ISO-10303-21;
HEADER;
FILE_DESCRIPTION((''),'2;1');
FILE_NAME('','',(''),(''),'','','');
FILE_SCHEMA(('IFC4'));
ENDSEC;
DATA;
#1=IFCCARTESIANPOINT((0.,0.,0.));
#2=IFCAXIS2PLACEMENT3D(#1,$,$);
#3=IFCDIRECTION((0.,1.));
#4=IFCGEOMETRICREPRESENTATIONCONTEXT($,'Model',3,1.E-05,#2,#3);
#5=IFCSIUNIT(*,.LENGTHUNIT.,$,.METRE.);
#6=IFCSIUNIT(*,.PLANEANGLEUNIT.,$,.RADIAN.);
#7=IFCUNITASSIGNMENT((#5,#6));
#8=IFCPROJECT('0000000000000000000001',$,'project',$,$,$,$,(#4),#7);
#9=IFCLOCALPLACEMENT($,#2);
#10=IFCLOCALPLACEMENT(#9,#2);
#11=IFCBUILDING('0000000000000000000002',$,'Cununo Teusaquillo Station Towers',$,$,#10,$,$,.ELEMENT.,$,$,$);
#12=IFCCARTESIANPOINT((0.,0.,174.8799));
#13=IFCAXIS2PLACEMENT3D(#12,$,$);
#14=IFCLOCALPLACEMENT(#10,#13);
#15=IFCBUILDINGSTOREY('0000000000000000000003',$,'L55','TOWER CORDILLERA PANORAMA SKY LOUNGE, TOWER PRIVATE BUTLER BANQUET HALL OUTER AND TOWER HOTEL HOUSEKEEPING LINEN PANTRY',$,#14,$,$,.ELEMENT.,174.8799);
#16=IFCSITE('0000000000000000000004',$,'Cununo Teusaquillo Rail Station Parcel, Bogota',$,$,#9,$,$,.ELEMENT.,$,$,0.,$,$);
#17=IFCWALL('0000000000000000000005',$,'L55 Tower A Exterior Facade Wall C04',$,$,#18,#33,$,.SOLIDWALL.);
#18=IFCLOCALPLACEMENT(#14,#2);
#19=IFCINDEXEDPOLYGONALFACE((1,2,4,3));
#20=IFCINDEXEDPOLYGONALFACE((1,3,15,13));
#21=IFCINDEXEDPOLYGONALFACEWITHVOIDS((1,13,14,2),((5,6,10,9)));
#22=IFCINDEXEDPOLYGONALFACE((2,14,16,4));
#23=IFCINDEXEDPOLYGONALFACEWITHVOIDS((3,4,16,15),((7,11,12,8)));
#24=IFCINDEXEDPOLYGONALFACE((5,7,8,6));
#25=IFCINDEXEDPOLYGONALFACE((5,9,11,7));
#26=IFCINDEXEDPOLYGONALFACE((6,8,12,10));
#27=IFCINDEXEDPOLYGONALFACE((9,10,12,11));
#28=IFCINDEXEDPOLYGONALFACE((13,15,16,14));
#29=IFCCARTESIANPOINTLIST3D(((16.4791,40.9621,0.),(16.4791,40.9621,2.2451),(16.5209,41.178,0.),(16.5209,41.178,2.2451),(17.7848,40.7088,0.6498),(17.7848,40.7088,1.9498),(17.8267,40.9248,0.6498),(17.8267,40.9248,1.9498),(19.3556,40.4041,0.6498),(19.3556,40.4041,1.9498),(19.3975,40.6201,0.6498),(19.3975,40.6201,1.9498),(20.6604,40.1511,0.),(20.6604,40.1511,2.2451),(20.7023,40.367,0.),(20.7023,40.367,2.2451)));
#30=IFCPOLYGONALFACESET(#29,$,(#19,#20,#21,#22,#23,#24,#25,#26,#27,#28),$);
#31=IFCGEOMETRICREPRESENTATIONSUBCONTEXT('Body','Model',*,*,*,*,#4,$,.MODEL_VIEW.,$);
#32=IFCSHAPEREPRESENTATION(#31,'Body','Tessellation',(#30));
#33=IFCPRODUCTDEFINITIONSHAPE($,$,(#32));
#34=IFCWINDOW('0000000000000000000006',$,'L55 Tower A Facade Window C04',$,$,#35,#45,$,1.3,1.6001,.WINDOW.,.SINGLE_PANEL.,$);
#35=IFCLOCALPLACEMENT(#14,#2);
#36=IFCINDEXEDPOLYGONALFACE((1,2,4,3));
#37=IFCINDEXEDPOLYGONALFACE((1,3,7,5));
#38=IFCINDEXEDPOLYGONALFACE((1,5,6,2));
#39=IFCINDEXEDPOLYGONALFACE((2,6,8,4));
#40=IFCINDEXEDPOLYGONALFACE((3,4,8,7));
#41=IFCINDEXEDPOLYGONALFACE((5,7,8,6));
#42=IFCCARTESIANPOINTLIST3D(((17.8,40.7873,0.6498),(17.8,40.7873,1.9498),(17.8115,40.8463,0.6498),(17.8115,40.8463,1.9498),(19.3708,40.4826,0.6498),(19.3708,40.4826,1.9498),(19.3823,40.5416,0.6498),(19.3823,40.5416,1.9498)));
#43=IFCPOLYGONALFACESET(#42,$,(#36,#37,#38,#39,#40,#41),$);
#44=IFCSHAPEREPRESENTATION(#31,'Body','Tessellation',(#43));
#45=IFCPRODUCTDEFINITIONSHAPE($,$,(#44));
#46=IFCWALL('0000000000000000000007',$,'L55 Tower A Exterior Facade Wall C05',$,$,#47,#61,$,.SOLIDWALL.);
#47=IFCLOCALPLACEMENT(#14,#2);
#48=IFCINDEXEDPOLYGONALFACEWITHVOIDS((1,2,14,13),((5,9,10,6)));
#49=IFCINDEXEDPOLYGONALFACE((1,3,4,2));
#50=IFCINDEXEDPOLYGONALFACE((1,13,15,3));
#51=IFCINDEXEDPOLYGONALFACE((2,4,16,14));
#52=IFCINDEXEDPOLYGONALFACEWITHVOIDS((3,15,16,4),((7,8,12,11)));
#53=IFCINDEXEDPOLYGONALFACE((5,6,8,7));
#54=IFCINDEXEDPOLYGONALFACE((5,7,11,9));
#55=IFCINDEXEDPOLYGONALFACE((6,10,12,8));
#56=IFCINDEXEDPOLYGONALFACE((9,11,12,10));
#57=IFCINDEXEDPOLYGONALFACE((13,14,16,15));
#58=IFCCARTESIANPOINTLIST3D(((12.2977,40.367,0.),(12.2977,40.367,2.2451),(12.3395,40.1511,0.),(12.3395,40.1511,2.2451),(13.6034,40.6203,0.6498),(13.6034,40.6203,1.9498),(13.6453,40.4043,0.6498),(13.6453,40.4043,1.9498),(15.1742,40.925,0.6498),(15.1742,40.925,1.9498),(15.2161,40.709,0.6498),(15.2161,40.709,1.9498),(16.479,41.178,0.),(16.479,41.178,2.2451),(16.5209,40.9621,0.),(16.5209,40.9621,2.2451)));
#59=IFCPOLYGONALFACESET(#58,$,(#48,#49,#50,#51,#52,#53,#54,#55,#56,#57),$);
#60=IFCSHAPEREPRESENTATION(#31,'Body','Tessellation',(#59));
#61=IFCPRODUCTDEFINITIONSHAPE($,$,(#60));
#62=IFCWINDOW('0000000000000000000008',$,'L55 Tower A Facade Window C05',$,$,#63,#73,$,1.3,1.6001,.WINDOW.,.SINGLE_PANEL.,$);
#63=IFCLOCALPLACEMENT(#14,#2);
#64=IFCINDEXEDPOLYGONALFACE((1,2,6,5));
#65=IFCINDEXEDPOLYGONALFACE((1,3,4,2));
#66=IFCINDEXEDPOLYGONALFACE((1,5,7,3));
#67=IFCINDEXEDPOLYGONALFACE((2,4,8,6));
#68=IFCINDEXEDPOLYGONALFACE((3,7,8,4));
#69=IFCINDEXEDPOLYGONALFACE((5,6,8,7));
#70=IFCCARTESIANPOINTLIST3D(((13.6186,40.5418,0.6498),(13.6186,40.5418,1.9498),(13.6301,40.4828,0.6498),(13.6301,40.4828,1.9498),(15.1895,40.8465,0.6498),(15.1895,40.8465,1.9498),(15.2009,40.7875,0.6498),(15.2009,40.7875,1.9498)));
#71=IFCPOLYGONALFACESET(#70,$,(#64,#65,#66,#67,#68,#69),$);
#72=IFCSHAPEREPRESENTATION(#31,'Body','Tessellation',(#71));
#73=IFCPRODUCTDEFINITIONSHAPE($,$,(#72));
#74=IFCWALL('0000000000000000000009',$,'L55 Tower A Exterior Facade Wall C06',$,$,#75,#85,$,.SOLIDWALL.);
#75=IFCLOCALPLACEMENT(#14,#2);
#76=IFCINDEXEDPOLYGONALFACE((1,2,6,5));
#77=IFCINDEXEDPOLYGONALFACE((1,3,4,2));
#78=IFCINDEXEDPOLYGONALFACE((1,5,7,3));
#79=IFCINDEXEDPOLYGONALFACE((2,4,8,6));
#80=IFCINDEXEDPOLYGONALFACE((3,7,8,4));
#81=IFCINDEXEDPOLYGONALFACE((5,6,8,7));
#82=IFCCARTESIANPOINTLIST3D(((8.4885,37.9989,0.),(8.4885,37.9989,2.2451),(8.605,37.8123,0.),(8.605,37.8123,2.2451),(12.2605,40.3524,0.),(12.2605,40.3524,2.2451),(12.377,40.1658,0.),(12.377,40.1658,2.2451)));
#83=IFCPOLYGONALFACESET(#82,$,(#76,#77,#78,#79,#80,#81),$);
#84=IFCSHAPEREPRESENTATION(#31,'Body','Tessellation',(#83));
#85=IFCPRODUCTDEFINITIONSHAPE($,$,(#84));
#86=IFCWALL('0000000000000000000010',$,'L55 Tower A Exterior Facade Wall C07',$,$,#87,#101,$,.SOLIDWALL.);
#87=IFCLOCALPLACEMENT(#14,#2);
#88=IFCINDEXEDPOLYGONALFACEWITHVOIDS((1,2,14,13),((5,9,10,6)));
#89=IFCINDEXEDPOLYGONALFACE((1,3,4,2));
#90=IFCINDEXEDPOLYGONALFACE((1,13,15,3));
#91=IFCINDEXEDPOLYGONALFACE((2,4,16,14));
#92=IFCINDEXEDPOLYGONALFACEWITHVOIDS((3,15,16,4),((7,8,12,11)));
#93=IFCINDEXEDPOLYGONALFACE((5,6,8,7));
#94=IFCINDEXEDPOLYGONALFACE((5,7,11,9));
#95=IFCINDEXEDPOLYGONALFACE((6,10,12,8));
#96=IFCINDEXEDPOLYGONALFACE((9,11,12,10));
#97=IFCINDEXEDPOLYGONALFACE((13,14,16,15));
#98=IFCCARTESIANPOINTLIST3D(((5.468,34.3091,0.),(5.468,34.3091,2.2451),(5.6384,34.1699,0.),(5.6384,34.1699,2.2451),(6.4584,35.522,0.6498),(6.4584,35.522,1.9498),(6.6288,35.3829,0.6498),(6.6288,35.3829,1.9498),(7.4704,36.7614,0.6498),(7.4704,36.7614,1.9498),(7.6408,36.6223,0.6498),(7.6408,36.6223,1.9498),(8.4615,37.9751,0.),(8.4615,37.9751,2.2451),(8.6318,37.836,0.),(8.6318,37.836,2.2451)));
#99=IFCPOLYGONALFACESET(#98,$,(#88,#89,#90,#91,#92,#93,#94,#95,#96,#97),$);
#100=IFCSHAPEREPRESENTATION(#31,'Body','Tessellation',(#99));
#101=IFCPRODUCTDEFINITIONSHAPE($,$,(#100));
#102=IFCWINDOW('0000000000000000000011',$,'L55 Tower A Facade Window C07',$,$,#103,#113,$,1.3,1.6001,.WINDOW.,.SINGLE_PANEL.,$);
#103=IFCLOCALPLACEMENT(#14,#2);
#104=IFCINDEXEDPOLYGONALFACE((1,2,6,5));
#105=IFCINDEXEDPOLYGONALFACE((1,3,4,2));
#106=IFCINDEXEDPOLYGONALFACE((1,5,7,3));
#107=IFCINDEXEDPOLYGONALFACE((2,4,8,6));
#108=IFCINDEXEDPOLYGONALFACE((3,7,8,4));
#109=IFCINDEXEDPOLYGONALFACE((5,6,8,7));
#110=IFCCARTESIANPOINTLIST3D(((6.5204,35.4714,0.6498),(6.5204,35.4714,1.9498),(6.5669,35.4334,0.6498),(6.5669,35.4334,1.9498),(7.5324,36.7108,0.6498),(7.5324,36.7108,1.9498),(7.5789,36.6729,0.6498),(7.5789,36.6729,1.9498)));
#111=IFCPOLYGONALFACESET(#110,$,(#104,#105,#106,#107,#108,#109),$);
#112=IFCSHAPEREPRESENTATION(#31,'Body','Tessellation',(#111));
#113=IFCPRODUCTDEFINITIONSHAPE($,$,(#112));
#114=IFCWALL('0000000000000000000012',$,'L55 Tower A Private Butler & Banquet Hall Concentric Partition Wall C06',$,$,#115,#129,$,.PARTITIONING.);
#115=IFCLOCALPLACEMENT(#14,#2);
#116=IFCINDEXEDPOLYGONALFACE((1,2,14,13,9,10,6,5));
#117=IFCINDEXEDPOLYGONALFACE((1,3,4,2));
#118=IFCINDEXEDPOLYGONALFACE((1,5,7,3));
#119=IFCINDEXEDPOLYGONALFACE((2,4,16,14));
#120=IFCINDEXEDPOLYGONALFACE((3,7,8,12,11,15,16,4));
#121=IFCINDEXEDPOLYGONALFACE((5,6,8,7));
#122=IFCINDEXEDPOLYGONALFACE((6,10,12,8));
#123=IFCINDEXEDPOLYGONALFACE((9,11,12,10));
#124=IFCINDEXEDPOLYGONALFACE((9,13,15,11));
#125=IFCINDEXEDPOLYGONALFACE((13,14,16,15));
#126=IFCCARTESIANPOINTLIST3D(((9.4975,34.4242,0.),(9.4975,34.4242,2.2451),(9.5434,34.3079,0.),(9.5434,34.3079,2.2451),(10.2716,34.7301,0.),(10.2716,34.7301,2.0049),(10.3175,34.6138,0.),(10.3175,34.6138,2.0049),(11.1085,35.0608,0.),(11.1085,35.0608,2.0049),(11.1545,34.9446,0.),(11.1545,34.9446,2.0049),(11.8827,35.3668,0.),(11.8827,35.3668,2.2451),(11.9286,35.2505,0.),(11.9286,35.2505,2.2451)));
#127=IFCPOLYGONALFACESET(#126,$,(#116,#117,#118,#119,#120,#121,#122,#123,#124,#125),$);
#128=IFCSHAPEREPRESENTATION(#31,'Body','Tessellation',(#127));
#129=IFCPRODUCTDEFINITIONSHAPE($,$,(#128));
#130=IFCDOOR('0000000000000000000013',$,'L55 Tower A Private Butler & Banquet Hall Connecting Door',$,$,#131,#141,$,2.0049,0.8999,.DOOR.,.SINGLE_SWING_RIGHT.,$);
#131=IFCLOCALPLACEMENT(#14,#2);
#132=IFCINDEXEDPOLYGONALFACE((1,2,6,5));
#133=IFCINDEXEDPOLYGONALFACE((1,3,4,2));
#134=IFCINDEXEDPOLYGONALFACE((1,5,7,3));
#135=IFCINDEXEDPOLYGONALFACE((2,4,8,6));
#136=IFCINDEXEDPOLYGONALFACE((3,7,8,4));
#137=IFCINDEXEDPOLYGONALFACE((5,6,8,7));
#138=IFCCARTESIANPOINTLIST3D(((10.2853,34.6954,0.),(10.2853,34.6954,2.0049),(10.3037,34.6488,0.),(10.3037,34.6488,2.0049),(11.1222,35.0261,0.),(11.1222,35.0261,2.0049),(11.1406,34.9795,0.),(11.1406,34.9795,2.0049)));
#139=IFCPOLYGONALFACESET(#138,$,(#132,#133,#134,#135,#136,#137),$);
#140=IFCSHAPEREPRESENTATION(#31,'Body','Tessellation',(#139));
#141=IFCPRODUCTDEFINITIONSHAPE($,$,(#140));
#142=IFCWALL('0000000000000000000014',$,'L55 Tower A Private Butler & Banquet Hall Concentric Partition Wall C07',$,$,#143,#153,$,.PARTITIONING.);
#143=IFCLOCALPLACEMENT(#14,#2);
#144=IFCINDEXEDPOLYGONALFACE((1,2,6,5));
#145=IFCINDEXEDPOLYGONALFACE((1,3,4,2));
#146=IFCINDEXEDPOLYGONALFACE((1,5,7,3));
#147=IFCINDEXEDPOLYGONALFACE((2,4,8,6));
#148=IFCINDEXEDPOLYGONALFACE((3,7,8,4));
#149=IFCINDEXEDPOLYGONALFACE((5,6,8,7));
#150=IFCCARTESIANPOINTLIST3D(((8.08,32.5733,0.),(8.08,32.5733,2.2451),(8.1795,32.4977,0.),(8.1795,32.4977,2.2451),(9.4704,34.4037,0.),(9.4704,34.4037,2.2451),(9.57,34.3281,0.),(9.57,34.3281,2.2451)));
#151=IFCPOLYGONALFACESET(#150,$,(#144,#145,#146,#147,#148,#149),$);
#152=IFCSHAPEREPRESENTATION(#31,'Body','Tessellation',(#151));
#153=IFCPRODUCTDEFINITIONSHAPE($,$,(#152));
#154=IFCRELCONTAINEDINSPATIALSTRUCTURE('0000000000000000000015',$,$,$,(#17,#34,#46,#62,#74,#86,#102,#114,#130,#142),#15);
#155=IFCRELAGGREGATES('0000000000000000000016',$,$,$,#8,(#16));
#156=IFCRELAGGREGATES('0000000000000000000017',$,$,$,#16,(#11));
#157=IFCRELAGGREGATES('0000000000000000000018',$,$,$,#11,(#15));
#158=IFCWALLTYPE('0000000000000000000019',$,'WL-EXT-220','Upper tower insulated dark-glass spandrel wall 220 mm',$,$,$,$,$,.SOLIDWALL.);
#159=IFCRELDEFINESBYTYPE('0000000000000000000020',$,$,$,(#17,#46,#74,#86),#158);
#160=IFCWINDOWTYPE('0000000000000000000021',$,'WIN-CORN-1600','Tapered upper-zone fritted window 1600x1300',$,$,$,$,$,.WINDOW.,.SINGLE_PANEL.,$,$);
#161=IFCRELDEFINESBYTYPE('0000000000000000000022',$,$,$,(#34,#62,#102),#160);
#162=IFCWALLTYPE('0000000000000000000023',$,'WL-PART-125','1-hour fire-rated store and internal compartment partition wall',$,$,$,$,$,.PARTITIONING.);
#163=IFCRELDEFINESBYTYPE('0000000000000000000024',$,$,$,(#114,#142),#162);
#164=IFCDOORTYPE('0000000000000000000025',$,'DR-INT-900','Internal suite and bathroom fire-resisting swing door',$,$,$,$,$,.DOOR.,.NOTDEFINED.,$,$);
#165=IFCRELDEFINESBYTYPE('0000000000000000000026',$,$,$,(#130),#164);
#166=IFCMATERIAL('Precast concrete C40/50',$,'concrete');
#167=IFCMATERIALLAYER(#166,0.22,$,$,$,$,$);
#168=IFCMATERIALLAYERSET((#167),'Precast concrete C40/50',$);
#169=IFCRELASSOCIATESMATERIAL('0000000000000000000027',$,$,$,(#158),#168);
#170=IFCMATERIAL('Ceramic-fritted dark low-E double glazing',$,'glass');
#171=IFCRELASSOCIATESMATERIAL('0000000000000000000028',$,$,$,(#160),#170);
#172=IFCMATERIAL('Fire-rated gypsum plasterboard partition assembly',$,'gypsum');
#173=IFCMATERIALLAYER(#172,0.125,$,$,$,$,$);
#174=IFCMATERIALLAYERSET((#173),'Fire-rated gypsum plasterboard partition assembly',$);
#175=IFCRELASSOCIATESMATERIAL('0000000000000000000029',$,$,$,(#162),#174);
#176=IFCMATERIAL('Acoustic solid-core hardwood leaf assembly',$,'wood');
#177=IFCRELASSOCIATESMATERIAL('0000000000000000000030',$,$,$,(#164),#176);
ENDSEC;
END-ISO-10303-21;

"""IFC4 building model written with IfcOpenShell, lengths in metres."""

from ifc_helpers import new_model, si_unit, direction, frame, frame_2d, origin, place, context, subcontext, project, spatial, rectangle, extrude, source, transform, mapped, material, layer, layer_set, type_object, element, fill, save


model = new_model("IFC4")

# Units and contexts
model_context = context("Model", 3, precision=1e-05, world=origin(), true_north=direction((0.0, 1.0)))
body_context = subcontext(model_context, "Body", "Model", "MODEL_VIEW")
ifc_project = project(units=[si_unit("LENGTHUNIT", "METRE"), si_unit("PLANEANGLEUNIT", "RADIAN")], contexts=[model_context])

# Site, building, storey
site_placement = place(None, origin())
site = spatial("IfcSite", under=ifc_project, at=site_placement, Name="Cununo Teusaquillo Rail Station Parcel, Bogota", CompositionType="ELEMENT", RefElevation=0.0)
building_placement = place(site_placement, origin())
building = spatial("IfcBuilding", under=site, at=building_placement, Name="Cununo Teusaquillo Station Towers", CompositionType="ELEMENT")
storey_placement = place(building_placement, frame((0.0, 0.0, 174.8799)))
storey = spatial("IfcBuildingStorey", under=building, at=storey_placement, Name="L55", Description="TOWER CORDILLERA PANORAMA SKY LOUNGE, TOWER PRIVATE BUTLER BANQUET HALL OUTER AND TOWER HOTEL HOUSEKEEPING LINEN PANTRY", CompositionType="ELEMENT", Elevation=174.8799)

# Walls, openings, windows
ifc_material_1 = material(Name="Precast concrete C40/50", Category="concrete")
ifc_layer_1 = layer(ifc_material_1, 0.22)
ifc_layer_set_1 = layer_set([ifc_layer_1], Name="Precast concrete C40/50")
wall_type_1 = type_object("IfcWallType", Name="WL-EXT-220", Description="Upper tower insulated dark-glass spandrel wall 220 mm", PredefinedType="SOLIDWALL", material=ifc_layer_set_1)
wall_1_placement = place(storey_placement, frame((16.5, 41.0701, 0.0), z_axis=(0.0, 0.0, 1.0), x_axis=(0.981704, -0.190414, 0.0)))
wall_1 = element("IfcWall", 1, at=wall_1_placement, inside=storey, type_object=wall_type_1, Name="L55 Tower A Exterior Facade Wall C04", PredefinedType="SOLIDWALL", context=body_context, shape_type="SweptSolid", body=[
    extrude(rectangle(XDim=4.2593, YDim=0.22, at=frame_2d((2.1296, 0.0))), origin(), (0.0, 0.0, 1.0), 2.2451),
])
shared_shape_1 = source(origin(), body_context, "Body", "SweptSolid", [
    extrude(rectangle(XDim=1.6001, YDim=1.3, at=frame_2d((0.8, 0.6499))), frame((0.0, 0.1199, 0.0), z_axis=(0.0, -1.0, 0.0), x_axis=(1.0, 0.0, 0.0)), (0.0, 0.0, 1.0), 0.24),
])
opening_1_placement = place(wall_1_placement, frame((1.3301, 0.0, 0.6499)))
opening_1 = element("IfcOpeningElement", 2, at=opening_1_placement, cuts=wall_1, PredefinedType="OPENING", context=body_context, shape_type="MappedRepresentation", body=[
    mapped(shared_shape_1, transform((0.0, 0.0, 0.0), x_axis=(1.0, 0.0, 0.0), y_axis=(0.0, 1.0, 0.0), z_axis=(0.0, 0.0, 1.0), scale=1.0)),
])
ifc_material_2 = material(Name="Ceramic-fritted dark low-E double glazing", Category="glass")
window_type = type_object("IfcWindowType", Name="WIN-CORN-1600", Description="Tapered upper-zone fritted window 1600x1300", PartitioningType="SINGLE_PANEL", PredefinedType="WINDOW", material=ifc_material_2)
shared_shape_2 = source(origin(), body_context, "Body", "SweptSolid", [
    extrude(rectangle(XDim=1.6001, YDim=1.3, at=frame_2d((0.8, 0.6499))), frame((0.0, 0.03, 0.0), z_axis=(0.0, -1.0, 0.0), x_axis=(1.0, 0.0, 0.0)), (0.0, 0.0, 1.0), 0.0601),
])
window_1_placement = place(opening_1_placement, origin())
window_1 = element("IfcWindow", 3, at=window_1_placement, inside=storey, type_object=window_type, Name="L55 Tower A Facade Window C04", OverallHeight=1.3, OverallWidth=1.6001, PartitioningType="SINGLE_PANEL", PredefinedType="WINDOW", context=body_context, shape_type="MappedRepresentation", body=[
    mapped(shared_shape_2, transform((0.0, 0.0, 0.0), x_axis=(1.0, 0.0, 0.0), y_axis=(0.0, 1.0, 0.0), z_axis=(0.0, 0.0, 1.0), scale=1.0)),
])
fill(opening_1, window_1)
wall_2_placement = place(storey_placement, frame((12.3186, 40.259, 0.0), z_axis=(0.0, 0.0, 1.0), x_axis=(0.981704, 0.190414, 0.0)))
wall_2 = element("IfcWall", 4, at=wall_2_placement, inside=storey, type_object=wall_type_1, Name="L55 Tower A Exterior Facade Wall C05", PredefinedType="SOLIDWALL", context=body_context, shape_type="SweptSolid", body=[
    extrude(rectangle(XDim=4.2593, YDim=0.22, at=frame_2d((2.1296, 0.0))), origin(), (0.0, 0.0, 1.0), 2.2451),
])
opening_2_placement = place(wall_2_placement, frame((1.3301, 0.0, 0.6499)))
opening_2 = element("IfcOpeningElement", 5, at=opening_2_placement, cuts=wall_2, PredefinedType="OPENING", context=body_context, shape_type="MappedRepresentation", body=[
    mapped(shared_shape_1, transform((0.0, 0.0, 0.0), x_axis=(1.0, 0.0, 0.0), y_axis=(0.0, 1.0, 0.0), z_axis=(0.0, 0.0, 1.0), scale=1.0)),
])
window_2_placement = place(opening_2_placement, origin())
window_2 = element("IfcWindow", 6, at=window_2_placement, inside=storey, type_object=window_type, Name="L55 Tower A Facade Window C05", OverallHeight=1.3, OverallWidth=1.6001, PartitioningType="SINGLE_PANEL", PredefinedType="WINDOW", context=body_context, shape_type="MappedRepresentation", body=[
    mapped(shared_shape_2, transform((0.0, 0.0, 0.0), x_axis=(1.0, 0.0, 0.0), y_axis=(0.0, 1.0, 0.0), z_axis=(0.0, 0.0, 1.0), scale=1.0)),
])
fill(opening_2, window_2)

# Wall
wall_3_placement = place(storey_placement, frame((8.5466, 37.9055, 0.0), z_axis=(0.0, 0.0, 1.0), x_axis=(0.848399, 0.529357, 0.0)))
element("IfcWall", 7, at=wall_3_placement, inside=storey, type_object=wall_type_1, Name="L55 Tower A Exterior Facade Wall C06", PredefinedType="SOLIDWALL", context=body_context, shape_type="SweptSolid", body=[
    extrude(rectangle(XDim=4.446, YDim=0.22, at=frame_2d((2.2231, 0.0))), origin(), (0.0, 0.0, 1.0), 2.2451),
])

# Wall, opening, window
wall_4_placement = place(storey_placement, frame((5.5532, 34.2395, 0.0), z_axis=(0.0, 0.0, 1.0), x_axis=(0.632471, 0.774584, 0.0)))
wall_4 = element("IfcWall", 8, at=wall_4_placement, inside=storey, type_object=wall_type_1, Name="L55 Tower A Exterior Facade Wall C07", PredefinedType="SOLIDWALL", context=body_context, shape_type="SweptSolid", body=[
    extrude(rectangle(XDim=4.7329, YDim=0.22, at=frame_2d((2.3665, 0.0))), origin(), (0.0, 0.0, 1.0), 2.2451),
])
opening_3_placement = place(wall_4_placement, frame((1.5659, 0.0, 0.6499)))
opening_3 = element("IfcOpeningElement", 9, at=opening_3_placement, cuts=wall_4, PredefinedType="OPENING", context=body_context, shape_type="MappedRepresentation", body=[
    mapped(shared_shape_1, transform((0.0, 0.0, 0.0), x_axis=(1.0, 0.0, 0.0), y_axis=(0.0, 1.0, 0.0), z_axis=(0.0, 0.0, 1.0), scale=1.0)),
])
window_3_placement = place(opening_3_placement, origin())
window_3 = element("IfcWindow", 10, at=window_3_placement, inside=storey, type_object=window_type, Name="L55 Tower A Facade Window C07", OverallHeight=1.3, OverallWidth=1.6001, PartitioningType="SINGLE_PANEL", PredefinedType="WINDOW", context=body_context, shape_type="MappedRepresentation", body=[
    mapped(shared_shape_2, transform((0.0, 0.0, 0.0), x_axis=(1.0, 0.0, 0.0), y_axis=(0.0, 1.0, 0.0), z_axis=(0.0, 0.0, 1.0), scale=1.0)),
])
fill(opening_3, window_3)

# Wall, opening, door
ifc_material_3 = material(Name="Fire-rated gypsum plasterboard partition assembly", Category="gypsum")
ifc_layer_2 = layer(ifc_material_3, 0.125)
ifc_layer_set_2 = layer_set([ifc_layer_2], Name="Fire-rated gypsum plasterboard partition assembly")
wall_type_2 = type_object("IfcWallType", Name="WL-PART-125", Description="1-hour fire-rated store and internal compartment partition wall", PredefinedType="PARTITIONING", material=ifc_layer_set_2)
wall_5_placement = place(storey_placement, frame((11.9055, 35.3086, 0.0), z_axis=(0.0, 0.0, 1.0), x_axis=(-0.930011, -0.367531, 0.0)))
wall_5 = element("IfcWall", 11, at=wall_5_placement, inside=storey, type_object=wall_type_2, Name="L55 Tower A Private Butler & Banquet Hall Concentric Partition Wall C06", PredefinedType="PARTITIONING", context=body_context, shape_type="SweptSolid", body=[
    extrude(rectangle(XDim=2.5647, YDim=0.125, at=frame_2d((1.2822, 0.0))), origin(), (0.0, 0.0, 1.0), 2.2451),
])
shared_shape_3 = source(origin(), body_context, "Body", "SweptSolid", [
    extrude(rectangle(XDim=0.8999, YDim=2.0049, at=frame_2d((0.45, 1.0024))), frame((0.0, 0.0725, 0.0), z_axis=(0.0, -1.0, 0.0), x_axis=(1.0, 0.0, 0.0)), (0.0, 0.0, 1.0), 0.145),
])
opening_4_placement = place(wall_5_placement, frame((0.8323, 0.0, 0.0)))
opening_4 = element("IfcOpeningElement", 12, at=opening_4_placement, cuts=wall_5, PredefinedType="OPENING", context=body_context, shape_type="MappedRepresentation", body=[
    mapped(shared_shape_3, transform((0.0, 0.0, 0.0), x_axis=(1.0, 0.0, 0.0), y_axis=(0.0, 1.0, 0.0), z_axis=(0.0, 0.0, 1.0), scale=1.0)),
])
ifc_material_4 = material(Name="Acoustic solid-core hardwood leaf assembly", Category="wood")
door_type_1 = type_object("IfcDoorType", Name="DR-INT-900", Description="Internal suite and bathroom fire-resisting swing door", OperationType="NOTDEFINED", PredefinedType="DOOR", material=ifc_material_4)
shared_shape_4 = source(origin(), body_context, "Body", "SweptSolid", [
    extrude(rectangle(XDim=0.8999, YDim=2.0049, at=frame_2d((0.45, 1.0024))), frame((0.0, 0.0249, 0.0), z_axis=(0.0, -1.0, 0.0), x_axis=(1.0, 0.0, 0.0)), (0.0, 0.0, 1.0), 0.05),
])
door_1_placement = place(opening_4_placement, origin())
door_1 = element("IfcDoor", 13, at=door_1_placement, inside=storey, type_object=door_type_1, Name="L55 Tower A Private Butler & Banquet Hall Connecting Door", OperationType="SINGLE_SWING_RIGHT", OverallHeight=2.0049, OverallWidth=0.8999, PredefinedType="DOOR", context=body_context, shape_type="MappedRepresentation", body=[
    mapped(shared_shape_4, transform((0.0, 0.0, 0.0), x_axis=(1.0, 0.0, 0.0), y_axis=(0.0, 1.0, 0.0), z_axis=(0.0, 0.0, 1.0), scale=1.0)),
])
fill(opening_4, door_1)

# Wall
wall_6_placement = place(storey_placement, frame((9.5203, 34.366, 0.0), z_axis=(0.0, 0.0, 1.0), x_axis=(-0.6049, -0.796301, 0.0)))
element("IfcWall", 14, at=wall_6_placement, inside=storey, type_object=wall_type_2, Name="L55 Tower A Private Butler & Banquet Hall Concentric Partition Wall C07", PredefinedType="PARTITIONING", context=body_context, shape_type="SweptSolid", body=[
    extrude(rectangle(XDim=2.2986, YDim=0.125, at=frame_2d((1.1494, 0.0))), origin(), (0.0, 0.0, 1.0), 2.2451),
])

save(model, "model.ifc")
